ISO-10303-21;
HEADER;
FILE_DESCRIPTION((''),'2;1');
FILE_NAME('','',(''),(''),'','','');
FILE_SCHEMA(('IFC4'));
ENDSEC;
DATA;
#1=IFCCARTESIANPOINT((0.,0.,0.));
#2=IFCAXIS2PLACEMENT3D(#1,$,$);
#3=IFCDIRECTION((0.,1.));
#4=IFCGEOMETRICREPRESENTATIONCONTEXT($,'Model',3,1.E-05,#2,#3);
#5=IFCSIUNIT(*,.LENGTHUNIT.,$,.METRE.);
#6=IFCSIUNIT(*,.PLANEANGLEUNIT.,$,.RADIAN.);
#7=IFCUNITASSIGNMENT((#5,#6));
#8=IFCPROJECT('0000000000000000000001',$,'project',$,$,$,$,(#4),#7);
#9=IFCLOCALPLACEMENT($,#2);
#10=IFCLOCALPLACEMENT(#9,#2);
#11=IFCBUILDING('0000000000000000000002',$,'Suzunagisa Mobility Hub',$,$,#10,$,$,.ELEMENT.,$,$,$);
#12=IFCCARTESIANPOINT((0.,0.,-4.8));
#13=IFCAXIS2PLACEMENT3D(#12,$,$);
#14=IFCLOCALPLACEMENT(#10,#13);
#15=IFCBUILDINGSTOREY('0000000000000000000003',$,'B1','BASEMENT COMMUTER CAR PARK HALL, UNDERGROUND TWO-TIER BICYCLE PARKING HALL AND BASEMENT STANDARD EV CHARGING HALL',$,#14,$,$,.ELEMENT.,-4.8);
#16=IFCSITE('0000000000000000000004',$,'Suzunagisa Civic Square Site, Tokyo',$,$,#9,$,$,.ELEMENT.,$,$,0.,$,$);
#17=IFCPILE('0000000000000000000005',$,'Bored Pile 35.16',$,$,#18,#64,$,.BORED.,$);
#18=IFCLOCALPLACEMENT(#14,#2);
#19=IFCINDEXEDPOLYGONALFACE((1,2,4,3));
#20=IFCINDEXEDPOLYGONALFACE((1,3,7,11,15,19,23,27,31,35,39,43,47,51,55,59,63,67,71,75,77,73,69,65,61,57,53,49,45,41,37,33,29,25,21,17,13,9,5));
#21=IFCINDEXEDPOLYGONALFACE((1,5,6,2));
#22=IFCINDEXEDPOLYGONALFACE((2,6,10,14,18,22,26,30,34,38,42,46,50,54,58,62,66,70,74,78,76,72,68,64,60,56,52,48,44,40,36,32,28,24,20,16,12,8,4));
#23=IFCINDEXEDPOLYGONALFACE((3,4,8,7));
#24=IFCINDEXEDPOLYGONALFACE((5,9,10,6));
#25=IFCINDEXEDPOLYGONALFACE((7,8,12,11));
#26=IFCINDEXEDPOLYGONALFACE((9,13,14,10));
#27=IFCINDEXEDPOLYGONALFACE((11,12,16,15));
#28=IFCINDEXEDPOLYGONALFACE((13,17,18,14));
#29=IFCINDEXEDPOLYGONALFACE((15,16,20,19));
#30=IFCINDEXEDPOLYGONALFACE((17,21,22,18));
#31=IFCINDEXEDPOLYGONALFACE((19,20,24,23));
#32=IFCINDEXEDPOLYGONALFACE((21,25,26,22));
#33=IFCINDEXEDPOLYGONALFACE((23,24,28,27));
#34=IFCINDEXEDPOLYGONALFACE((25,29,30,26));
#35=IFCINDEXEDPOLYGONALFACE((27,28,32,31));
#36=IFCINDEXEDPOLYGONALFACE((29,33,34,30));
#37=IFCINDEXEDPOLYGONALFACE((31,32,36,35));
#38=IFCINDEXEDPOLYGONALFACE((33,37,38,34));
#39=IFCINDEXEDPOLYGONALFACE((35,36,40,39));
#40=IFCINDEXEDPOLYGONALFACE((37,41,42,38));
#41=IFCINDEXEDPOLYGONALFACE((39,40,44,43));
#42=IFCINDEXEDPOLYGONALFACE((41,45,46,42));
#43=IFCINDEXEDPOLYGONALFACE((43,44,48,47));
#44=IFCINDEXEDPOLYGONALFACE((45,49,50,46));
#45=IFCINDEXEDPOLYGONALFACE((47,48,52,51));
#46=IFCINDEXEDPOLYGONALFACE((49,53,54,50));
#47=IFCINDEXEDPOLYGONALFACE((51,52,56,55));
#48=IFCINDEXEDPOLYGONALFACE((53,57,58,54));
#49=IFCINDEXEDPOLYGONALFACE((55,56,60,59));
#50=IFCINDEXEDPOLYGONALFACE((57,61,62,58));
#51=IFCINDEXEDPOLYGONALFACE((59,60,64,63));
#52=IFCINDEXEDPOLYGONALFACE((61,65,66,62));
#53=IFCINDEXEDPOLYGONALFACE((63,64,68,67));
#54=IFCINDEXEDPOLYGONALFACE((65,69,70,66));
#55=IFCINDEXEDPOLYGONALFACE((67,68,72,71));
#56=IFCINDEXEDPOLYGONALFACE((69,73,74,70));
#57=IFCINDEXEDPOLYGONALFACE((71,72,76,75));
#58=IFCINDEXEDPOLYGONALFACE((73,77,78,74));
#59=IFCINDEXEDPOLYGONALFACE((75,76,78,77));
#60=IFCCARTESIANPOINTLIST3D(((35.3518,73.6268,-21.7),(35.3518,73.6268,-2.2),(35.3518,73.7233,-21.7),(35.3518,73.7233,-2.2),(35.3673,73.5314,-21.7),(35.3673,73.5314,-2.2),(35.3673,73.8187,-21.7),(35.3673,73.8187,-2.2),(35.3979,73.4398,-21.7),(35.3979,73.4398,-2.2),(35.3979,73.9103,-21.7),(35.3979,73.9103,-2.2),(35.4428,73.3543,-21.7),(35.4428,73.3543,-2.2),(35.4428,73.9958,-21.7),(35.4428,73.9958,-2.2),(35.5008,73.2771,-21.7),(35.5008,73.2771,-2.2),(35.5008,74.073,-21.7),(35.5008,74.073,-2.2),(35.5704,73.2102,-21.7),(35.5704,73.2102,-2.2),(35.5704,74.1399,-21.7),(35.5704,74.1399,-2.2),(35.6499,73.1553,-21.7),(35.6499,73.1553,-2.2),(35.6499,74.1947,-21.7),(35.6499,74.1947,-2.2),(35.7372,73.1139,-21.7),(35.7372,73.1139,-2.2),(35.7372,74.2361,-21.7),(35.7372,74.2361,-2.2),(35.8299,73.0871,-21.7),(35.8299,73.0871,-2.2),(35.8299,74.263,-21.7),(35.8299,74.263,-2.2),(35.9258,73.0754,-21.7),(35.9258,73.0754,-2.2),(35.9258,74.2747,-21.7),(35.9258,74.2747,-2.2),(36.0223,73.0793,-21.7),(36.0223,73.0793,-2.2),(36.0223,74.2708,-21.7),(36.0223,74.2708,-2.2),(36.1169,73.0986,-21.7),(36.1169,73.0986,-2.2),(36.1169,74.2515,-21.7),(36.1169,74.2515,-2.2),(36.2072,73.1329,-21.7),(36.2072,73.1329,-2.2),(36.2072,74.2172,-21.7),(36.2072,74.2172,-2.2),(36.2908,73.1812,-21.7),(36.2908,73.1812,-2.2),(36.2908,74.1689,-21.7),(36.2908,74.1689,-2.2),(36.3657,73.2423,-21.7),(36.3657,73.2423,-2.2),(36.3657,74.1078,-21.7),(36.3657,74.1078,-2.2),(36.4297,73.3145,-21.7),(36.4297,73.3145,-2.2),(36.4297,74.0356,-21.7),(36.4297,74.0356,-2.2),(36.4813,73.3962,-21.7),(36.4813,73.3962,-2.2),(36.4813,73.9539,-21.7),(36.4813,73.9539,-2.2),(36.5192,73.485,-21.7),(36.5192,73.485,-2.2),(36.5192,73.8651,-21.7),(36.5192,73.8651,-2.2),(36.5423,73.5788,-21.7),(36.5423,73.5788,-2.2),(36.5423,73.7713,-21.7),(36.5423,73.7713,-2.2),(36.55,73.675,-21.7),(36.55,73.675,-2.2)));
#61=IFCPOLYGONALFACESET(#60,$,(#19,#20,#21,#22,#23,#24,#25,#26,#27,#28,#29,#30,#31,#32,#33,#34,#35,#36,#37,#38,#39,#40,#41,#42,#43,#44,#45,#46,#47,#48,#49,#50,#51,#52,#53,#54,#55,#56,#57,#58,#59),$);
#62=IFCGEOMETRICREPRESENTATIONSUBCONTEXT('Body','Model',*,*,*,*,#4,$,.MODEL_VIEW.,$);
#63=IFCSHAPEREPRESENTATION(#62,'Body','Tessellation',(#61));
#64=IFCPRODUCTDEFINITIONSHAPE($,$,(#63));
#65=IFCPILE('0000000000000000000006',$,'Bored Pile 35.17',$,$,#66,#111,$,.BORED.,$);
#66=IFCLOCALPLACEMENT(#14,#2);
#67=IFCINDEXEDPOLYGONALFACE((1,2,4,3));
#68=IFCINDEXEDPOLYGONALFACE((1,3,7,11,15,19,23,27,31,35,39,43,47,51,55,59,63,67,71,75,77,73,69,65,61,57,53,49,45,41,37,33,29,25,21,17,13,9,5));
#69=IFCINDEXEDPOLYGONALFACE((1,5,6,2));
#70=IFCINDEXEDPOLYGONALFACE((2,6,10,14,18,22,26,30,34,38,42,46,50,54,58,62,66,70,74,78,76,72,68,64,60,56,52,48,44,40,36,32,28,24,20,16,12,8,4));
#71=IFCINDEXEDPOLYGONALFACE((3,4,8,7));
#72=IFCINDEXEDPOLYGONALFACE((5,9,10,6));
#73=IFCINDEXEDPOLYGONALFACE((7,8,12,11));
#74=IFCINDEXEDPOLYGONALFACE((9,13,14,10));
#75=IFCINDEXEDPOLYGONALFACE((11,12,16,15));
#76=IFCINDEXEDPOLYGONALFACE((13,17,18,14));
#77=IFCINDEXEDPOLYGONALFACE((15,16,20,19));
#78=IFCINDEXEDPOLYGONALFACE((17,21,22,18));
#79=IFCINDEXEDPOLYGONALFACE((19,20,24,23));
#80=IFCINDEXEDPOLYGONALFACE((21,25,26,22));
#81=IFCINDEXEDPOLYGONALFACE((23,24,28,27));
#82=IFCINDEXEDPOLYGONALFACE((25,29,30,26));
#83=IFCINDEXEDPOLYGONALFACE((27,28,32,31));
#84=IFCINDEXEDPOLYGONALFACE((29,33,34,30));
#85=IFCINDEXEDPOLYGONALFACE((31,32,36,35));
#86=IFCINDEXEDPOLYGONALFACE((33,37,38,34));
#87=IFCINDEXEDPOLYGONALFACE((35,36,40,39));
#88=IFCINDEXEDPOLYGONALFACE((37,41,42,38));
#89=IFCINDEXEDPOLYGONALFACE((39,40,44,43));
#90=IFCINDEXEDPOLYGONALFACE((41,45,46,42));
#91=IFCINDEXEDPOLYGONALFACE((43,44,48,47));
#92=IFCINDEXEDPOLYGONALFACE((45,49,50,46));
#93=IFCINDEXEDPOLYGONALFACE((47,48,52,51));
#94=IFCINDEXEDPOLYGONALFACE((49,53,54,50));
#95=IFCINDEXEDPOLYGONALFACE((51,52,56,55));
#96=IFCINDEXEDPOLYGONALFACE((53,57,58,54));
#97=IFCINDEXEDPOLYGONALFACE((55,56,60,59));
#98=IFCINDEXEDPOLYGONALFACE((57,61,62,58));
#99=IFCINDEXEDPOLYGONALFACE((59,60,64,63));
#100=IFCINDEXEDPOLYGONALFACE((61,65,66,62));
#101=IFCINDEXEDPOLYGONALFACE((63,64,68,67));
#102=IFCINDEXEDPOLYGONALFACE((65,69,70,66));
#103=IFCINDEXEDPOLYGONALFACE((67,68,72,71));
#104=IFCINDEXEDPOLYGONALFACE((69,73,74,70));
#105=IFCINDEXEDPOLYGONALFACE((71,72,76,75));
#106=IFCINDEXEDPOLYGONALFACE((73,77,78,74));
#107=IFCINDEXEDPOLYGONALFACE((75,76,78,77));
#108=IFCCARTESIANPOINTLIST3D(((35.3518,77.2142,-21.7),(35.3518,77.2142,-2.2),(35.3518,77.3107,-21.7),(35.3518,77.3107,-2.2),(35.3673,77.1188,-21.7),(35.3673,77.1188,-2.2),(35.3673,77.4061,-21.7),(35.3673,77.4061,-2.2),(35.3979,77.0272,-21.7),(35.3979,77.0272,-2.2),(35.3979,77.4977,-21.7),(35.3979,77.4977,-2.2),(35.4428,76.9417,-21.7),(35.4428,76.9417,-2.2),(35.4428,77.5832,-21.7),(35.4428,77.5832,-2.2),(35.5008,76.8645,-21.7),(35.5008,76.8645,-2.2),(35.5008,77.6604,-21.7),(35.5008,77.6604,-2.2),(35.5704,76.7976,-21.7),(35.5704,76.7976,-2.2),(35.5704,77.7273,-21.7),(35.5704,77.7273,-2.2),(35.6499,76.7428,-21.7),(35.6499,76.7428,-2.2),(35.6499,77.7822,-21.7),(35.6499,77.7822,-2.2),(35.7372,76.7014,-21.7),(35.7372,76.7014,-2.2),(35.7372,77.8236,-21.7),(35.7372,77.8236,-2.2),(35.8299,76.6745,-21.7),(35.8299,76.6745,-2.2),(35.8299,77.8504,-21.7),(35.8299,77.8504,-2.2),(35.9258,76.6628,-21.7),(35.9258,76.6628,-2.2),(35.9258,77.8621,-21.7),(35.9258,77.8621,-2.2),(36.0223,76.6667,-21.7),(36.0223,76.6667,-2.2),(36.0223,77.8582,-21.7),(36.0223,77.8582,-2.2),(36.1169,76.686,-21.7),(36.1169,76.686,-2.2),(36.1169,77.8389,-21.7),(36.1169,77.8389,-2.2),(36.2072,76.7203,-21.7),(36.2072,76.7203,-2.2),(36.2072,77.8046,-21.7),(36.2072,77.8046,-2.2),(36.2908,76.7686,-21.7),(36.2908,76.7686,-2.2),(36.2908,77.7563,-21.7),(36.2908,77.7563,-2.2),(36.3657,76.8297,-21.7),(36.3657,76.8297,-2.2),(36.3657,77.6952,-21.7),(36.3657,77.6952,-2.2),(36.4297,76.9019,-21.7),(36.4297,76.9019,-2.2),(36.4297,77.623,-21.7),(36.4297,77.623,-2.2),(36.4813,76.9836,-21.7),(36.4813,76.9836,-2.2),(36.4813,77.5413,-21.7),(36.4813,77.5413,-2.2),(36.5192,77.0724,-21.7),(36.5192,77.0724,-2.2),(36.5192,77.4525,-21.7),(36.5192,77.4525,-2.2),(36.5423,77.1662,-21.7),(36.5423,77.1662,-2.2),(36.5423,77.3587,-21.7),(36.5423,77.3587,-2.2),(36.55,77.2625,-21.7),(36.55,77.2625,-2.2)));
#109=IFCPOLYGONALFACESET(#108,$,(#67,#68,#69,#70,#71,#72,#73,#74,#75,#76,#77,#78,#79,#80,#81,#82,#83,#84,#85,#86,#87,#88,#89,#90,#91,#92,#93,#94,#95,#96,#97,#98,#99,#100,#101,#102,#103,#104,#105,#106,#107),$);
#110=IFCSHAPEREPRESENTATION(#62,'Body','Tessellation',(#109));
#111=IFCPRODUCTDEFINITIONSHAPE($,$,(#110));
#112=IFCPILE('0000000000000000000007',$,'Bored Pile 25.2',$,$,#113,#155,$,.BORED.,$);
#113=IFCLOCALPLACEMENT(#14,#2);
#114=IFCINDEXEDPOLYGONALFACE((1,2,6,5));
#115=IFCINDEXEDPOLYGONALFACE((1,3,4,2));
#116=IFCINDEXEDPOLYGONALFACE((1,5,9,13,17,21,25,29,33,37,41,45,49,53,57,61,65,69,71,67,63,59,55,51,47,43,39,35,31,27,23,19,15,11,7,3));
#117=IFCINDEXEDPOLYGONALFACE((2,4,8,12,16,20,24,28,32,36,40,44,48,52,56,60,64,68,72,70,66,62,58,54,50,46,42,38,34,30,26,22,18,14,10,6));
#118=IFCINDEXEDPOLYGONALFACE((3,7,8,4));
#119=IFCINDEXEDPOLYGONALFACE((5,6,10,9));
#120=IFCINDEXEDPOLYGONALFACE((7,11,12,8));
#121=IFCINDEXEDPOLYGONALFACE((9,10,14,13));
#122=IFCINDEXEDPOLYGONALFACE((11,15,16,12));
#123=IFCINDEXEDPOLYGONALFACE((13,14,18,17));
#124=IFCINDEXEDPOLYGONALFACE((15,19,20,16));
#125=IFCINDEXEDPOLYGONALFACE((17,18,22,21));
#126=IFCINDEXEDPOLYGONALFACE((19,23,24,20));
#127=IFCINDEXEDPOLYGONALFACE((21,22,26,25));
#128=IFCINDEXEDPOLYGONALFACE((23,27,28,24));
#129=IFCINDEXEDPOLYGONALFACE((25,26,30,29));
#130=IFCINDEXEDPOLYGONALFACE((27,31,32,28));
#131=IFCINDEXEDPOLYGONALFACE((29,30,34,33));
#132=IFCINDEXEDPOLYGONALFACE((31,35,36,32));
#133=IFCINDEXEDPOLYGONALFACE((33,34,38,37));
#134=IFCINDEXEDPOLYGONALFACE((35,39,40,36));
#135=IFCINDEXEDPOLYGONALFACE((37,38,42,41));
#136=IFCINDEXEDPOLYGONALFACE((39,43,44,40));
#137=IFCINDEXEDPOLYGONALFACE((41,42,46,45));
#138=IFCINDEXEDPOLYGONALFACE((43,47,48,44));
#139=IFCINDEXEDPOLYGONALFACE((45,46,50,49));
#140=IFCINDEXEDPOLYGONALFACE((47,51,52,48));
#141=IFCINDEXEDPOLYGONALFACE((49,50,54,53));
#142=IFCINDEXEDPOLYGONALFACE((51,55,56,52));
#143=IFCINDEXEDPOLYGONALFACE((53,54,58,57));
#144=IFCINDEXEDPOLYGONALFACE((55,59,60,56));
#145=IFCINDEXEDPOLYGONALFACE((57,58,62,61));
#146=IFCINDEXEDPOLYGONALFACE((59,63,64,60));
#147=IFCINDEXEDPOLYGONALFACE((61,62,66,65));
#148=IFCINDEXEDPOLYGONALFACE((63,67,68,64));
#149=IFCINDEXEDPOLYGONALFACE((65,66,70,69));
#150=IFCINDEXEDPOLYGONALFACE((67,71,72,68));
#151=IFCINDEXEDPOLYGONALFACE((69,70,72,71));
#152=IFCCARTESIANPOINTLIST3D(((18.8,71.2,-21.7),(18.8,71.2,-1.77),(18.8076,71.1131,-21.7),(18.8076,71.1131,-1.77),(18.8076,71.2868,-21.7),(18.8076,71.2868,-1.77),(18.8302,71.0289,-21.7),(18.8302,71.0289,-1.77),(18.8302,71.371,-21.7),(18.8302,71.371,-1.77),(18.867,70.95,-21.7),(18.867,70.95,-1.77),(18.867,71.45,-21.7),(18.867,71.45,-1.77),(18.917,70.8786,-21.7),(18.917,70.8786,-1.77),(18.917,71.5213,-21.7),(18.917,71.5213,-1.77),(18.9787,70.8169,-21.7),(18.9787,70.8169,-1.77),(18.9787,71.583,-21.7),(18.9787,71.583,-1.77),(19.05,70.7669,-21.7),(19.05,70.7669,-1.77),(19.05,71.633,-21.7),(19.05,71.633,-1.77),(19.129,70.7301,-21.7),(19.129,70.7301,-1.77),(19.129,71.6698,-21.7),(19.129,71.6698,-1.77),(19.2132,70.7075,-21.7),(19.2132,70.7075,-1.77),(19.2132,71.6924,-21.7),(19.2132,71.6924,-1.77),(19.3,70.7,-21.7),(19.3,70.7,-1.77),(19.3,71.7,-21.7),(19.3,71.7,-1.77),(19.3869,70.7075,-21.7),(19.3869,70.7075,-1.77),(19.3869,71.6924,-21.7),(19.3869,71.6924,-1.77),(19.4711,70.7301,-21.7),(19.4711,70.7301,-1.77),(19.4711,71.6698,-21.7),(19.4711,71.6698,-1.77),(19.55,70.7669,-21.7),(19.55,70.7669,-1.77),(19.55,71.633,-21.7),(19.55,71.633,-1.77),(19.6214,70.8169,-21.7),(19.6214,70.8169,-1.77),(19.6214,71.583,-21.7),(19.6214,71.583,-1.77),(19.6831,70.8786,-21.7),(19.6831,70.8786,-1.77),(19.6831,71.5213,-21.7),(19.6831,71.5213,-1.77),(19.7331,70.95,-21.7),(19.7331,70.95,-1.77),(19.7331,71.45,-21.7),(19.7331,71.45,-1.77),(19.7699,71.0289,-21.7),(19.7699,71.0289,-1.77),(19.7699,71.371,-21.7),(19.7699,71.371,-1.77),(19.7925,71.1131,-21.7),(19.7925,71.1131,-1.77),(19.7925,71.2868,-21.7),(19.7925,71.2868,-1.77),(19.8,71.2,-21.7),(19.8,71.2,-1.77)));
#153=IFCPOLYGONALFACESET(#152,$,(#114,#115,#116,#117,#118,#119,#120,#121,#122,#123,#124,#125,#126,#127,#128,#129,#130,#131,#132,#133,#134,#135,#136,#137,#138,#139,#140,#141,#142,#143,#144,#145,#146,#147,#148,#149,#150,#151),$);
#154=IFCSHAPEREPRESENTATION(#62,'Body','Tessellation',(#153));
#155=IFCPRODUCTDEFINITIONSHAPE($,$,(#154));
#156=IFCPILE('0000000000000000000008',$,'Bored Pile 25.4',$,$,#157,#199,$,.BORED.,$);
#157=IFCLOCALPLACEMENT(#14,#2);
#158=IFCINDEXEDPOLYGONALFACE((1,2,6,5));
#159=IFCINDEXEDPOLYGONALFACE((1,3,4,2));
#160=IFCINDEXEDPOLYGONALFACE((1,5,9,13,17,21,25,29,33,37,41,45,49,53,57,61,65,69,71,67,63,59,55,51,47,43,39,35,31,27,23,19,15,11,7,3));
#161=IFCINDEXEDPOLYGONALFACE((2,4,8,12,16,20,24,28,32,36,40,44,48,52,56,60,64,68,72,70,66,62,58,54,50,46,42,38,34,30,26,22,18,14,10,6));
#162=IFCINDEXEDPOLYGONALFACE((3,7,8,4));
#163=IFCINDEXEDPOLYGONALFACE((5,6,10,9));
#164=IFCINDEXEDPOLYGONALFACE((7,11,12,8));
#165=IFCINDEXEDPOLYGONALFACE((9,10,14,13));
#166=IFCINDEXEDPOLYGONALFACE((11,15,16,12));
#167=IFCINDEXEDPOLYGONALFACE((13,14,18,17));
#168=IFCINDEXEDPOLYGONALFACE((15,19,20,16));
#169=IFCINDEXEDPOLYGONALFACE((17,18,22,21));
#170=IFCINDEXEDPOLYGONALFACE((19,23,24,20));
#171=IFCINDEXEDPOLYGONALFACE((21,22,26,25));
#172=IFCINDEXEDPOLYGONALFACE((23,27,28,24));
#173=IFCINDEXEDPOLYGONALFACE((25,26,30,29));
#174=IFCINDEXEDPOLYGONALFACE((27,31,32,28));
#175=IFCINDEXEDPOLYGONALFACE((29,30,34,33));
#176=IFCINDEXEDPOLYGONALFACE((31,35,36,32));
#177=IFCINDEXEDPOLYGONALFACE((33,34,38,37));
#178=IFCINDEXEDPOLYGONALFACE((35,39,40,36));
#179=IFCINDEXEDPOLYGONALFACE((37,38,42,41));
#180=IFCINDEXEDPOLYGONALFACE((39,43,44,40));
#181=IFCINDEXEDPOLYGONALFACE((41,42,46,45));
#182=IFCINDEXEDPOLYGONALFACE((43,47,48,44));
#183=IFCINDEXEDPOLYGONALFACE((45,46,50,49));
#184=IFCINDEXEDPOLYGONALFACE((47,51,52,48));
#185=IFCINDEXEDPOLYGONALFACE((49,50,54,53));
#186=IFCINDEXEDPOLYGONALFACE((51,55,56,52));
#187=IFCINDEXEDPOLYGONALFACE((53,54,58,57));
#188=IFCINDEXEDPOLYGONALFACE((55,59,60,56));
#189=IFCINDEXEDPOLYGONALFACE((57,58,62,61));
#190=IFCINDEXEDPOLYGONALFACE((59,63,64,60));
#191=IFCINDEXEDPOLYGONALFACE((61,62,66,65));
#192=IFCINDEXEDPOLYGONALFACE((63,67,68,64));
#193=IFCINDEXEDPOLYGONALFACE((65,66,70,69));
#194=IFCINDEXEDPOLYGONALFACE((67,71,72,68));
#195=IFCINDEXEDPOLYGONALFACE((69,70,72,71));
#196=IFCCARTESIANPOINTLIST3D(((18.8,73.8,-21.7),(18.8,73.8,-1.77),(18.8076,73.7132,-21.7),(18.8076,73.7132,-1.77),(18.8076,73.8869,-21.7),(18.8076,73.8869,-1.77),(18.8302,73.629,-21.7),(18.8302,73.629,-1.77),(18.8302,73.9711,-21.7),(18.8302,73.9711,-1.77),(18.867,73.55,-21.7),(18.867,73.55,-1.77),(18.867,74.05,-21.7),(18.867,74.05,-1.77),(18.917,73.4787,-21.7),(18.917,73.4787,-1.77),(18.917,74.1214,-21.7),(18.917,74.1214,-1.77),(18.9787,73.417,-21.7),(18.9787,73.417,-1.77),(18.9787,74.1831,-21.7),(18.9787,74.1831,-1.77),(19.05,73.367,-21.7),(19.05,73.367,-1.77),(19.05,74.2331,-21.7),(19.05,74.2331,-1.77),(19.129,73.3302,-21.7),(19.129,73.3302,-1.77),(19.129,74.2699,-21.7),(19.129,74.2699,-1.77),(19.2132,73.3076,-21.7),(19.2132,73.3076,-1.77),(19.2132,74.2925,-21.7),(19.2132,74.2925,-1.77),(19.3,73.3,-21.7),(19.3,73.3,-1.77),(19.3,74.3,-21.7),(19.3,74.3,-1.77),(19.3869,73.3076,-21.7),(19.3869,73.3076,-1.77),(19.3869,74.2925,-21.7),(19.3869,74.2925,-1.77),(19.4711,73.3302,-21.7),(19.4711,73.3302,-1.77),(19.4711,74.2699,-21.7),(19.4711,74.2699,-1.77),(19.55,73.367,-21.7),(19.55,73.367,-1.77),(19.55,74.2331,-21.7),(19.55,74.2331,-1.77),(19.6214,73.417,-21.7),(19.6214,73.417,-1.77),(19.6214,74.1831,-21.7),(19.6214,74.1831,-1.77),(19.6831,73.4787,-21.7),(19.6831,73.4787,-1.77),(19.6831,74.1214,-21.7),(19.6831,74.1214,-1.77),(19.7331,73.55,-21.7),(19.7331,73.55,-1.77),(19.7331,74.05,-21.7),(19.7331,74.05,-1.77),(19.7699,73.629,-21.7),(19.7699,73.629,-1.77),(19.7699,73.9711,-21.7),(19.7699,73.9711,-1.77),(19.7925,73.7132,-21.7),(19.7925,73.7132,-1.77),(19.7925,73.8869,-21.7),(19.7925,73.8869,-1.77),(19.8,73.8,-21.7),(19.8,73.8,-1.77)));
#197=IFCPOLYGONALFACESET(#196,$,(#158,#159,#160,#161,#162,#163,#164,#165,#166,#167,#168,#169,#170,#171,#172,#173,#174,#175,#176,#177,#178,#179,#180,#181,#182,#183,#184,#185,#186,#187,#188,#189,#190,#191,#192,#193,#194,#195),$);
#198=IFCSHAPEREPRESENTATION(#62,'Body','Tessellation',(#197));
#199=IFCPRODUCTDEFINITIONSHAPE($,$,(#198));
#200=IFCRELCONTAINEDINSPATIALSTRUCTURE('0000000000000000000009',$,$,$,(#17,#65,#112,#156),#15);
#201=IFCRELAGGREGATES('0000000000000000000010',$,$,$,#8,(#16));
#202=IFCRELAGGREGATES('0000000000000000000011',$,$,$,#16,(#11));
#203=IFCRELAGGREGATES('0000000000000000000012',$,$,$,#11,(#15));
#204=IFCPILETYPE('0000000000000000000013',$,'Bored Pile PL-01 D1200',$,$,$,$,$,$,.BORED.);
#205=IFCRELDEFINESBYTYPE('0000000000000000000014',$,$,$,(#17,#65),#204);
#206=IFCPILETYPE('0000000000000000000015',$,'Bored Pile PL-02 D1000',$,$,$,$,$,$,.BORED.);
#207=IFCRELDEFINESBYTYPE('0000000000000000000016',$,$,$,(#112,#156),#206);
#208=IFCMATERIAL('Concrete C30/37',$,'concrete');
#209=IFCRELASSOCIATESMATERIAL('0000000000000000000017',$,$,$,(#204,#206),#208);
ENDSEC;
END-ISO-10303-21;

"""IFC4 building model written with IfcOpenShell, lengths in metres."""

from ifc_helpers import new_model, si_unit, direction, frame, origin, origin_2d, place, context, subcontext, project, spatial, circle, extrude, material, material_profile, profile_set, type_object, element, save


model = new_model("IFC4")

# Units and contexts
model_context = context("Model", 3, precision=1e-05, world=origin(), true_north=direction((0.0, 1.0)))
body_context = subcontext(model_context, "Body", "Model", "MODEL_VIEW")
ifc_project = project(units=[si_unit("LENGTHUNIT", "METRE"), si_unit("PLANEANGLEUNIT", "RADIAN")], contexts=[model_context])

# Site, building, storey
site_placement = place(None, origin())
site = spatial("IfcSite", under=ifc_project, at=site_placement, Name="Suzunagisa Civic Square Site, Tokyo", CompositionType="ELEMENT", RefElevation=0.0)
building_placement = place(site_placement, origin())
building = spatial("IfcBuilding", under=site, at=building_placement, Name="Suzunagisa Mobility Hub", CompositionType="ELEMENT")
storey_placement = place(building_placement, frame((0.0, 0.0, -4.8)))
storey = spatial("IfcBuildingStorey", under=building, at=storey_placement, Name="B1", Description="BASEMENT COMMUTER CAR PARK HALL, UNDERGROUND TWO-TIER BICYCLE PARKING HALL AND BASEMENT STANDARD EV CHARGING HALL", CompositionType="ELEMENT", Elevation=-4.8)

# Piles
ifc_material_1 = material(Name="Concrete C30/37", Category="concrete")
ifc_material_profile_1 = material_profile(ifc_material_1, circle(Radius=0.6001, at=origin_2d()), Name="BORED PILE D1200")
ifc_profile_set_1 = profile_set([ifc_material_profile_1], Name="Concrete C30/37")
pile_type_1 = type_object("IfcPileType", Name="Bored Pile PL-01 D1200", PredefinedType="BORED", material=ifc_profile_set_1)
for number, where, z_axis, x_axis, name in (
    (1, (35.95, 73.675, -2.2), (0.0, 0.0, -1.0), (1.0, 0.0, 0.0), "Bored Pile 35.16"),
    (2, (35.95, 77.2625, -2.2), (0.0, 0.0, -1.0), (1.0, 0.0, 0.0), "Bored Pile 35.17"),
):
    element("IfcPile", number, at=place(storey_placement, frame(where, z_axis=z_axis, x_axis=x_axis)), inside=storey, type_object=pile_type_1, Name=name, PredefinedType="BORED", context=body_context, shape_type="SweptSolid", body=[
        extrude(circle(Radius=0.6001, at=origin_2d()), origin(), (0.0, 0.0, 1.0), 19.5),
    ])
ifc_material_profile_2 = material_profile(ifc_material_1, circle(Radius=0.5, at=origin_2d()), Name="BORED PILE D1000")
ifc_profile_set_2 = profile_set([ifc_material_profile_2], Name="Concrete C30/37")
pile_type_2 = type_object("IfcPileType", Name="Bored Pile PL-02 D1000", PredefinedType="BORED", material=ifc_profile_set_2)
for number, where, z_axis, x_axis, name in (
    (3, (19.3, 71.2, -1.77), (0.0, 0.0, -1.0), (1.0, 0.0, 0.0), "Bored Pile 25.2"),
    (4, (19.3, 73.8, -1.77), (0.0, 0.0, -1.0), (1.0, 0.0, 0.0), "Bored Pile 25.4"),
):
    element("IfcPile", number, at=place(storey_placement, frame(where, z_axis=z_axis, x_axis=x_axis)), inside=storey, type_object=pile_type_2, Name=name, PredefinedType="BORED", context=body_context, shape_type="SweptSolid", body=[
        extrude(circle(Radius=0.5, at=origin_2d()), origin(), (0.0, 0.0, 1.0), 19.9299),
    ])

save(model, "model.ifc")
